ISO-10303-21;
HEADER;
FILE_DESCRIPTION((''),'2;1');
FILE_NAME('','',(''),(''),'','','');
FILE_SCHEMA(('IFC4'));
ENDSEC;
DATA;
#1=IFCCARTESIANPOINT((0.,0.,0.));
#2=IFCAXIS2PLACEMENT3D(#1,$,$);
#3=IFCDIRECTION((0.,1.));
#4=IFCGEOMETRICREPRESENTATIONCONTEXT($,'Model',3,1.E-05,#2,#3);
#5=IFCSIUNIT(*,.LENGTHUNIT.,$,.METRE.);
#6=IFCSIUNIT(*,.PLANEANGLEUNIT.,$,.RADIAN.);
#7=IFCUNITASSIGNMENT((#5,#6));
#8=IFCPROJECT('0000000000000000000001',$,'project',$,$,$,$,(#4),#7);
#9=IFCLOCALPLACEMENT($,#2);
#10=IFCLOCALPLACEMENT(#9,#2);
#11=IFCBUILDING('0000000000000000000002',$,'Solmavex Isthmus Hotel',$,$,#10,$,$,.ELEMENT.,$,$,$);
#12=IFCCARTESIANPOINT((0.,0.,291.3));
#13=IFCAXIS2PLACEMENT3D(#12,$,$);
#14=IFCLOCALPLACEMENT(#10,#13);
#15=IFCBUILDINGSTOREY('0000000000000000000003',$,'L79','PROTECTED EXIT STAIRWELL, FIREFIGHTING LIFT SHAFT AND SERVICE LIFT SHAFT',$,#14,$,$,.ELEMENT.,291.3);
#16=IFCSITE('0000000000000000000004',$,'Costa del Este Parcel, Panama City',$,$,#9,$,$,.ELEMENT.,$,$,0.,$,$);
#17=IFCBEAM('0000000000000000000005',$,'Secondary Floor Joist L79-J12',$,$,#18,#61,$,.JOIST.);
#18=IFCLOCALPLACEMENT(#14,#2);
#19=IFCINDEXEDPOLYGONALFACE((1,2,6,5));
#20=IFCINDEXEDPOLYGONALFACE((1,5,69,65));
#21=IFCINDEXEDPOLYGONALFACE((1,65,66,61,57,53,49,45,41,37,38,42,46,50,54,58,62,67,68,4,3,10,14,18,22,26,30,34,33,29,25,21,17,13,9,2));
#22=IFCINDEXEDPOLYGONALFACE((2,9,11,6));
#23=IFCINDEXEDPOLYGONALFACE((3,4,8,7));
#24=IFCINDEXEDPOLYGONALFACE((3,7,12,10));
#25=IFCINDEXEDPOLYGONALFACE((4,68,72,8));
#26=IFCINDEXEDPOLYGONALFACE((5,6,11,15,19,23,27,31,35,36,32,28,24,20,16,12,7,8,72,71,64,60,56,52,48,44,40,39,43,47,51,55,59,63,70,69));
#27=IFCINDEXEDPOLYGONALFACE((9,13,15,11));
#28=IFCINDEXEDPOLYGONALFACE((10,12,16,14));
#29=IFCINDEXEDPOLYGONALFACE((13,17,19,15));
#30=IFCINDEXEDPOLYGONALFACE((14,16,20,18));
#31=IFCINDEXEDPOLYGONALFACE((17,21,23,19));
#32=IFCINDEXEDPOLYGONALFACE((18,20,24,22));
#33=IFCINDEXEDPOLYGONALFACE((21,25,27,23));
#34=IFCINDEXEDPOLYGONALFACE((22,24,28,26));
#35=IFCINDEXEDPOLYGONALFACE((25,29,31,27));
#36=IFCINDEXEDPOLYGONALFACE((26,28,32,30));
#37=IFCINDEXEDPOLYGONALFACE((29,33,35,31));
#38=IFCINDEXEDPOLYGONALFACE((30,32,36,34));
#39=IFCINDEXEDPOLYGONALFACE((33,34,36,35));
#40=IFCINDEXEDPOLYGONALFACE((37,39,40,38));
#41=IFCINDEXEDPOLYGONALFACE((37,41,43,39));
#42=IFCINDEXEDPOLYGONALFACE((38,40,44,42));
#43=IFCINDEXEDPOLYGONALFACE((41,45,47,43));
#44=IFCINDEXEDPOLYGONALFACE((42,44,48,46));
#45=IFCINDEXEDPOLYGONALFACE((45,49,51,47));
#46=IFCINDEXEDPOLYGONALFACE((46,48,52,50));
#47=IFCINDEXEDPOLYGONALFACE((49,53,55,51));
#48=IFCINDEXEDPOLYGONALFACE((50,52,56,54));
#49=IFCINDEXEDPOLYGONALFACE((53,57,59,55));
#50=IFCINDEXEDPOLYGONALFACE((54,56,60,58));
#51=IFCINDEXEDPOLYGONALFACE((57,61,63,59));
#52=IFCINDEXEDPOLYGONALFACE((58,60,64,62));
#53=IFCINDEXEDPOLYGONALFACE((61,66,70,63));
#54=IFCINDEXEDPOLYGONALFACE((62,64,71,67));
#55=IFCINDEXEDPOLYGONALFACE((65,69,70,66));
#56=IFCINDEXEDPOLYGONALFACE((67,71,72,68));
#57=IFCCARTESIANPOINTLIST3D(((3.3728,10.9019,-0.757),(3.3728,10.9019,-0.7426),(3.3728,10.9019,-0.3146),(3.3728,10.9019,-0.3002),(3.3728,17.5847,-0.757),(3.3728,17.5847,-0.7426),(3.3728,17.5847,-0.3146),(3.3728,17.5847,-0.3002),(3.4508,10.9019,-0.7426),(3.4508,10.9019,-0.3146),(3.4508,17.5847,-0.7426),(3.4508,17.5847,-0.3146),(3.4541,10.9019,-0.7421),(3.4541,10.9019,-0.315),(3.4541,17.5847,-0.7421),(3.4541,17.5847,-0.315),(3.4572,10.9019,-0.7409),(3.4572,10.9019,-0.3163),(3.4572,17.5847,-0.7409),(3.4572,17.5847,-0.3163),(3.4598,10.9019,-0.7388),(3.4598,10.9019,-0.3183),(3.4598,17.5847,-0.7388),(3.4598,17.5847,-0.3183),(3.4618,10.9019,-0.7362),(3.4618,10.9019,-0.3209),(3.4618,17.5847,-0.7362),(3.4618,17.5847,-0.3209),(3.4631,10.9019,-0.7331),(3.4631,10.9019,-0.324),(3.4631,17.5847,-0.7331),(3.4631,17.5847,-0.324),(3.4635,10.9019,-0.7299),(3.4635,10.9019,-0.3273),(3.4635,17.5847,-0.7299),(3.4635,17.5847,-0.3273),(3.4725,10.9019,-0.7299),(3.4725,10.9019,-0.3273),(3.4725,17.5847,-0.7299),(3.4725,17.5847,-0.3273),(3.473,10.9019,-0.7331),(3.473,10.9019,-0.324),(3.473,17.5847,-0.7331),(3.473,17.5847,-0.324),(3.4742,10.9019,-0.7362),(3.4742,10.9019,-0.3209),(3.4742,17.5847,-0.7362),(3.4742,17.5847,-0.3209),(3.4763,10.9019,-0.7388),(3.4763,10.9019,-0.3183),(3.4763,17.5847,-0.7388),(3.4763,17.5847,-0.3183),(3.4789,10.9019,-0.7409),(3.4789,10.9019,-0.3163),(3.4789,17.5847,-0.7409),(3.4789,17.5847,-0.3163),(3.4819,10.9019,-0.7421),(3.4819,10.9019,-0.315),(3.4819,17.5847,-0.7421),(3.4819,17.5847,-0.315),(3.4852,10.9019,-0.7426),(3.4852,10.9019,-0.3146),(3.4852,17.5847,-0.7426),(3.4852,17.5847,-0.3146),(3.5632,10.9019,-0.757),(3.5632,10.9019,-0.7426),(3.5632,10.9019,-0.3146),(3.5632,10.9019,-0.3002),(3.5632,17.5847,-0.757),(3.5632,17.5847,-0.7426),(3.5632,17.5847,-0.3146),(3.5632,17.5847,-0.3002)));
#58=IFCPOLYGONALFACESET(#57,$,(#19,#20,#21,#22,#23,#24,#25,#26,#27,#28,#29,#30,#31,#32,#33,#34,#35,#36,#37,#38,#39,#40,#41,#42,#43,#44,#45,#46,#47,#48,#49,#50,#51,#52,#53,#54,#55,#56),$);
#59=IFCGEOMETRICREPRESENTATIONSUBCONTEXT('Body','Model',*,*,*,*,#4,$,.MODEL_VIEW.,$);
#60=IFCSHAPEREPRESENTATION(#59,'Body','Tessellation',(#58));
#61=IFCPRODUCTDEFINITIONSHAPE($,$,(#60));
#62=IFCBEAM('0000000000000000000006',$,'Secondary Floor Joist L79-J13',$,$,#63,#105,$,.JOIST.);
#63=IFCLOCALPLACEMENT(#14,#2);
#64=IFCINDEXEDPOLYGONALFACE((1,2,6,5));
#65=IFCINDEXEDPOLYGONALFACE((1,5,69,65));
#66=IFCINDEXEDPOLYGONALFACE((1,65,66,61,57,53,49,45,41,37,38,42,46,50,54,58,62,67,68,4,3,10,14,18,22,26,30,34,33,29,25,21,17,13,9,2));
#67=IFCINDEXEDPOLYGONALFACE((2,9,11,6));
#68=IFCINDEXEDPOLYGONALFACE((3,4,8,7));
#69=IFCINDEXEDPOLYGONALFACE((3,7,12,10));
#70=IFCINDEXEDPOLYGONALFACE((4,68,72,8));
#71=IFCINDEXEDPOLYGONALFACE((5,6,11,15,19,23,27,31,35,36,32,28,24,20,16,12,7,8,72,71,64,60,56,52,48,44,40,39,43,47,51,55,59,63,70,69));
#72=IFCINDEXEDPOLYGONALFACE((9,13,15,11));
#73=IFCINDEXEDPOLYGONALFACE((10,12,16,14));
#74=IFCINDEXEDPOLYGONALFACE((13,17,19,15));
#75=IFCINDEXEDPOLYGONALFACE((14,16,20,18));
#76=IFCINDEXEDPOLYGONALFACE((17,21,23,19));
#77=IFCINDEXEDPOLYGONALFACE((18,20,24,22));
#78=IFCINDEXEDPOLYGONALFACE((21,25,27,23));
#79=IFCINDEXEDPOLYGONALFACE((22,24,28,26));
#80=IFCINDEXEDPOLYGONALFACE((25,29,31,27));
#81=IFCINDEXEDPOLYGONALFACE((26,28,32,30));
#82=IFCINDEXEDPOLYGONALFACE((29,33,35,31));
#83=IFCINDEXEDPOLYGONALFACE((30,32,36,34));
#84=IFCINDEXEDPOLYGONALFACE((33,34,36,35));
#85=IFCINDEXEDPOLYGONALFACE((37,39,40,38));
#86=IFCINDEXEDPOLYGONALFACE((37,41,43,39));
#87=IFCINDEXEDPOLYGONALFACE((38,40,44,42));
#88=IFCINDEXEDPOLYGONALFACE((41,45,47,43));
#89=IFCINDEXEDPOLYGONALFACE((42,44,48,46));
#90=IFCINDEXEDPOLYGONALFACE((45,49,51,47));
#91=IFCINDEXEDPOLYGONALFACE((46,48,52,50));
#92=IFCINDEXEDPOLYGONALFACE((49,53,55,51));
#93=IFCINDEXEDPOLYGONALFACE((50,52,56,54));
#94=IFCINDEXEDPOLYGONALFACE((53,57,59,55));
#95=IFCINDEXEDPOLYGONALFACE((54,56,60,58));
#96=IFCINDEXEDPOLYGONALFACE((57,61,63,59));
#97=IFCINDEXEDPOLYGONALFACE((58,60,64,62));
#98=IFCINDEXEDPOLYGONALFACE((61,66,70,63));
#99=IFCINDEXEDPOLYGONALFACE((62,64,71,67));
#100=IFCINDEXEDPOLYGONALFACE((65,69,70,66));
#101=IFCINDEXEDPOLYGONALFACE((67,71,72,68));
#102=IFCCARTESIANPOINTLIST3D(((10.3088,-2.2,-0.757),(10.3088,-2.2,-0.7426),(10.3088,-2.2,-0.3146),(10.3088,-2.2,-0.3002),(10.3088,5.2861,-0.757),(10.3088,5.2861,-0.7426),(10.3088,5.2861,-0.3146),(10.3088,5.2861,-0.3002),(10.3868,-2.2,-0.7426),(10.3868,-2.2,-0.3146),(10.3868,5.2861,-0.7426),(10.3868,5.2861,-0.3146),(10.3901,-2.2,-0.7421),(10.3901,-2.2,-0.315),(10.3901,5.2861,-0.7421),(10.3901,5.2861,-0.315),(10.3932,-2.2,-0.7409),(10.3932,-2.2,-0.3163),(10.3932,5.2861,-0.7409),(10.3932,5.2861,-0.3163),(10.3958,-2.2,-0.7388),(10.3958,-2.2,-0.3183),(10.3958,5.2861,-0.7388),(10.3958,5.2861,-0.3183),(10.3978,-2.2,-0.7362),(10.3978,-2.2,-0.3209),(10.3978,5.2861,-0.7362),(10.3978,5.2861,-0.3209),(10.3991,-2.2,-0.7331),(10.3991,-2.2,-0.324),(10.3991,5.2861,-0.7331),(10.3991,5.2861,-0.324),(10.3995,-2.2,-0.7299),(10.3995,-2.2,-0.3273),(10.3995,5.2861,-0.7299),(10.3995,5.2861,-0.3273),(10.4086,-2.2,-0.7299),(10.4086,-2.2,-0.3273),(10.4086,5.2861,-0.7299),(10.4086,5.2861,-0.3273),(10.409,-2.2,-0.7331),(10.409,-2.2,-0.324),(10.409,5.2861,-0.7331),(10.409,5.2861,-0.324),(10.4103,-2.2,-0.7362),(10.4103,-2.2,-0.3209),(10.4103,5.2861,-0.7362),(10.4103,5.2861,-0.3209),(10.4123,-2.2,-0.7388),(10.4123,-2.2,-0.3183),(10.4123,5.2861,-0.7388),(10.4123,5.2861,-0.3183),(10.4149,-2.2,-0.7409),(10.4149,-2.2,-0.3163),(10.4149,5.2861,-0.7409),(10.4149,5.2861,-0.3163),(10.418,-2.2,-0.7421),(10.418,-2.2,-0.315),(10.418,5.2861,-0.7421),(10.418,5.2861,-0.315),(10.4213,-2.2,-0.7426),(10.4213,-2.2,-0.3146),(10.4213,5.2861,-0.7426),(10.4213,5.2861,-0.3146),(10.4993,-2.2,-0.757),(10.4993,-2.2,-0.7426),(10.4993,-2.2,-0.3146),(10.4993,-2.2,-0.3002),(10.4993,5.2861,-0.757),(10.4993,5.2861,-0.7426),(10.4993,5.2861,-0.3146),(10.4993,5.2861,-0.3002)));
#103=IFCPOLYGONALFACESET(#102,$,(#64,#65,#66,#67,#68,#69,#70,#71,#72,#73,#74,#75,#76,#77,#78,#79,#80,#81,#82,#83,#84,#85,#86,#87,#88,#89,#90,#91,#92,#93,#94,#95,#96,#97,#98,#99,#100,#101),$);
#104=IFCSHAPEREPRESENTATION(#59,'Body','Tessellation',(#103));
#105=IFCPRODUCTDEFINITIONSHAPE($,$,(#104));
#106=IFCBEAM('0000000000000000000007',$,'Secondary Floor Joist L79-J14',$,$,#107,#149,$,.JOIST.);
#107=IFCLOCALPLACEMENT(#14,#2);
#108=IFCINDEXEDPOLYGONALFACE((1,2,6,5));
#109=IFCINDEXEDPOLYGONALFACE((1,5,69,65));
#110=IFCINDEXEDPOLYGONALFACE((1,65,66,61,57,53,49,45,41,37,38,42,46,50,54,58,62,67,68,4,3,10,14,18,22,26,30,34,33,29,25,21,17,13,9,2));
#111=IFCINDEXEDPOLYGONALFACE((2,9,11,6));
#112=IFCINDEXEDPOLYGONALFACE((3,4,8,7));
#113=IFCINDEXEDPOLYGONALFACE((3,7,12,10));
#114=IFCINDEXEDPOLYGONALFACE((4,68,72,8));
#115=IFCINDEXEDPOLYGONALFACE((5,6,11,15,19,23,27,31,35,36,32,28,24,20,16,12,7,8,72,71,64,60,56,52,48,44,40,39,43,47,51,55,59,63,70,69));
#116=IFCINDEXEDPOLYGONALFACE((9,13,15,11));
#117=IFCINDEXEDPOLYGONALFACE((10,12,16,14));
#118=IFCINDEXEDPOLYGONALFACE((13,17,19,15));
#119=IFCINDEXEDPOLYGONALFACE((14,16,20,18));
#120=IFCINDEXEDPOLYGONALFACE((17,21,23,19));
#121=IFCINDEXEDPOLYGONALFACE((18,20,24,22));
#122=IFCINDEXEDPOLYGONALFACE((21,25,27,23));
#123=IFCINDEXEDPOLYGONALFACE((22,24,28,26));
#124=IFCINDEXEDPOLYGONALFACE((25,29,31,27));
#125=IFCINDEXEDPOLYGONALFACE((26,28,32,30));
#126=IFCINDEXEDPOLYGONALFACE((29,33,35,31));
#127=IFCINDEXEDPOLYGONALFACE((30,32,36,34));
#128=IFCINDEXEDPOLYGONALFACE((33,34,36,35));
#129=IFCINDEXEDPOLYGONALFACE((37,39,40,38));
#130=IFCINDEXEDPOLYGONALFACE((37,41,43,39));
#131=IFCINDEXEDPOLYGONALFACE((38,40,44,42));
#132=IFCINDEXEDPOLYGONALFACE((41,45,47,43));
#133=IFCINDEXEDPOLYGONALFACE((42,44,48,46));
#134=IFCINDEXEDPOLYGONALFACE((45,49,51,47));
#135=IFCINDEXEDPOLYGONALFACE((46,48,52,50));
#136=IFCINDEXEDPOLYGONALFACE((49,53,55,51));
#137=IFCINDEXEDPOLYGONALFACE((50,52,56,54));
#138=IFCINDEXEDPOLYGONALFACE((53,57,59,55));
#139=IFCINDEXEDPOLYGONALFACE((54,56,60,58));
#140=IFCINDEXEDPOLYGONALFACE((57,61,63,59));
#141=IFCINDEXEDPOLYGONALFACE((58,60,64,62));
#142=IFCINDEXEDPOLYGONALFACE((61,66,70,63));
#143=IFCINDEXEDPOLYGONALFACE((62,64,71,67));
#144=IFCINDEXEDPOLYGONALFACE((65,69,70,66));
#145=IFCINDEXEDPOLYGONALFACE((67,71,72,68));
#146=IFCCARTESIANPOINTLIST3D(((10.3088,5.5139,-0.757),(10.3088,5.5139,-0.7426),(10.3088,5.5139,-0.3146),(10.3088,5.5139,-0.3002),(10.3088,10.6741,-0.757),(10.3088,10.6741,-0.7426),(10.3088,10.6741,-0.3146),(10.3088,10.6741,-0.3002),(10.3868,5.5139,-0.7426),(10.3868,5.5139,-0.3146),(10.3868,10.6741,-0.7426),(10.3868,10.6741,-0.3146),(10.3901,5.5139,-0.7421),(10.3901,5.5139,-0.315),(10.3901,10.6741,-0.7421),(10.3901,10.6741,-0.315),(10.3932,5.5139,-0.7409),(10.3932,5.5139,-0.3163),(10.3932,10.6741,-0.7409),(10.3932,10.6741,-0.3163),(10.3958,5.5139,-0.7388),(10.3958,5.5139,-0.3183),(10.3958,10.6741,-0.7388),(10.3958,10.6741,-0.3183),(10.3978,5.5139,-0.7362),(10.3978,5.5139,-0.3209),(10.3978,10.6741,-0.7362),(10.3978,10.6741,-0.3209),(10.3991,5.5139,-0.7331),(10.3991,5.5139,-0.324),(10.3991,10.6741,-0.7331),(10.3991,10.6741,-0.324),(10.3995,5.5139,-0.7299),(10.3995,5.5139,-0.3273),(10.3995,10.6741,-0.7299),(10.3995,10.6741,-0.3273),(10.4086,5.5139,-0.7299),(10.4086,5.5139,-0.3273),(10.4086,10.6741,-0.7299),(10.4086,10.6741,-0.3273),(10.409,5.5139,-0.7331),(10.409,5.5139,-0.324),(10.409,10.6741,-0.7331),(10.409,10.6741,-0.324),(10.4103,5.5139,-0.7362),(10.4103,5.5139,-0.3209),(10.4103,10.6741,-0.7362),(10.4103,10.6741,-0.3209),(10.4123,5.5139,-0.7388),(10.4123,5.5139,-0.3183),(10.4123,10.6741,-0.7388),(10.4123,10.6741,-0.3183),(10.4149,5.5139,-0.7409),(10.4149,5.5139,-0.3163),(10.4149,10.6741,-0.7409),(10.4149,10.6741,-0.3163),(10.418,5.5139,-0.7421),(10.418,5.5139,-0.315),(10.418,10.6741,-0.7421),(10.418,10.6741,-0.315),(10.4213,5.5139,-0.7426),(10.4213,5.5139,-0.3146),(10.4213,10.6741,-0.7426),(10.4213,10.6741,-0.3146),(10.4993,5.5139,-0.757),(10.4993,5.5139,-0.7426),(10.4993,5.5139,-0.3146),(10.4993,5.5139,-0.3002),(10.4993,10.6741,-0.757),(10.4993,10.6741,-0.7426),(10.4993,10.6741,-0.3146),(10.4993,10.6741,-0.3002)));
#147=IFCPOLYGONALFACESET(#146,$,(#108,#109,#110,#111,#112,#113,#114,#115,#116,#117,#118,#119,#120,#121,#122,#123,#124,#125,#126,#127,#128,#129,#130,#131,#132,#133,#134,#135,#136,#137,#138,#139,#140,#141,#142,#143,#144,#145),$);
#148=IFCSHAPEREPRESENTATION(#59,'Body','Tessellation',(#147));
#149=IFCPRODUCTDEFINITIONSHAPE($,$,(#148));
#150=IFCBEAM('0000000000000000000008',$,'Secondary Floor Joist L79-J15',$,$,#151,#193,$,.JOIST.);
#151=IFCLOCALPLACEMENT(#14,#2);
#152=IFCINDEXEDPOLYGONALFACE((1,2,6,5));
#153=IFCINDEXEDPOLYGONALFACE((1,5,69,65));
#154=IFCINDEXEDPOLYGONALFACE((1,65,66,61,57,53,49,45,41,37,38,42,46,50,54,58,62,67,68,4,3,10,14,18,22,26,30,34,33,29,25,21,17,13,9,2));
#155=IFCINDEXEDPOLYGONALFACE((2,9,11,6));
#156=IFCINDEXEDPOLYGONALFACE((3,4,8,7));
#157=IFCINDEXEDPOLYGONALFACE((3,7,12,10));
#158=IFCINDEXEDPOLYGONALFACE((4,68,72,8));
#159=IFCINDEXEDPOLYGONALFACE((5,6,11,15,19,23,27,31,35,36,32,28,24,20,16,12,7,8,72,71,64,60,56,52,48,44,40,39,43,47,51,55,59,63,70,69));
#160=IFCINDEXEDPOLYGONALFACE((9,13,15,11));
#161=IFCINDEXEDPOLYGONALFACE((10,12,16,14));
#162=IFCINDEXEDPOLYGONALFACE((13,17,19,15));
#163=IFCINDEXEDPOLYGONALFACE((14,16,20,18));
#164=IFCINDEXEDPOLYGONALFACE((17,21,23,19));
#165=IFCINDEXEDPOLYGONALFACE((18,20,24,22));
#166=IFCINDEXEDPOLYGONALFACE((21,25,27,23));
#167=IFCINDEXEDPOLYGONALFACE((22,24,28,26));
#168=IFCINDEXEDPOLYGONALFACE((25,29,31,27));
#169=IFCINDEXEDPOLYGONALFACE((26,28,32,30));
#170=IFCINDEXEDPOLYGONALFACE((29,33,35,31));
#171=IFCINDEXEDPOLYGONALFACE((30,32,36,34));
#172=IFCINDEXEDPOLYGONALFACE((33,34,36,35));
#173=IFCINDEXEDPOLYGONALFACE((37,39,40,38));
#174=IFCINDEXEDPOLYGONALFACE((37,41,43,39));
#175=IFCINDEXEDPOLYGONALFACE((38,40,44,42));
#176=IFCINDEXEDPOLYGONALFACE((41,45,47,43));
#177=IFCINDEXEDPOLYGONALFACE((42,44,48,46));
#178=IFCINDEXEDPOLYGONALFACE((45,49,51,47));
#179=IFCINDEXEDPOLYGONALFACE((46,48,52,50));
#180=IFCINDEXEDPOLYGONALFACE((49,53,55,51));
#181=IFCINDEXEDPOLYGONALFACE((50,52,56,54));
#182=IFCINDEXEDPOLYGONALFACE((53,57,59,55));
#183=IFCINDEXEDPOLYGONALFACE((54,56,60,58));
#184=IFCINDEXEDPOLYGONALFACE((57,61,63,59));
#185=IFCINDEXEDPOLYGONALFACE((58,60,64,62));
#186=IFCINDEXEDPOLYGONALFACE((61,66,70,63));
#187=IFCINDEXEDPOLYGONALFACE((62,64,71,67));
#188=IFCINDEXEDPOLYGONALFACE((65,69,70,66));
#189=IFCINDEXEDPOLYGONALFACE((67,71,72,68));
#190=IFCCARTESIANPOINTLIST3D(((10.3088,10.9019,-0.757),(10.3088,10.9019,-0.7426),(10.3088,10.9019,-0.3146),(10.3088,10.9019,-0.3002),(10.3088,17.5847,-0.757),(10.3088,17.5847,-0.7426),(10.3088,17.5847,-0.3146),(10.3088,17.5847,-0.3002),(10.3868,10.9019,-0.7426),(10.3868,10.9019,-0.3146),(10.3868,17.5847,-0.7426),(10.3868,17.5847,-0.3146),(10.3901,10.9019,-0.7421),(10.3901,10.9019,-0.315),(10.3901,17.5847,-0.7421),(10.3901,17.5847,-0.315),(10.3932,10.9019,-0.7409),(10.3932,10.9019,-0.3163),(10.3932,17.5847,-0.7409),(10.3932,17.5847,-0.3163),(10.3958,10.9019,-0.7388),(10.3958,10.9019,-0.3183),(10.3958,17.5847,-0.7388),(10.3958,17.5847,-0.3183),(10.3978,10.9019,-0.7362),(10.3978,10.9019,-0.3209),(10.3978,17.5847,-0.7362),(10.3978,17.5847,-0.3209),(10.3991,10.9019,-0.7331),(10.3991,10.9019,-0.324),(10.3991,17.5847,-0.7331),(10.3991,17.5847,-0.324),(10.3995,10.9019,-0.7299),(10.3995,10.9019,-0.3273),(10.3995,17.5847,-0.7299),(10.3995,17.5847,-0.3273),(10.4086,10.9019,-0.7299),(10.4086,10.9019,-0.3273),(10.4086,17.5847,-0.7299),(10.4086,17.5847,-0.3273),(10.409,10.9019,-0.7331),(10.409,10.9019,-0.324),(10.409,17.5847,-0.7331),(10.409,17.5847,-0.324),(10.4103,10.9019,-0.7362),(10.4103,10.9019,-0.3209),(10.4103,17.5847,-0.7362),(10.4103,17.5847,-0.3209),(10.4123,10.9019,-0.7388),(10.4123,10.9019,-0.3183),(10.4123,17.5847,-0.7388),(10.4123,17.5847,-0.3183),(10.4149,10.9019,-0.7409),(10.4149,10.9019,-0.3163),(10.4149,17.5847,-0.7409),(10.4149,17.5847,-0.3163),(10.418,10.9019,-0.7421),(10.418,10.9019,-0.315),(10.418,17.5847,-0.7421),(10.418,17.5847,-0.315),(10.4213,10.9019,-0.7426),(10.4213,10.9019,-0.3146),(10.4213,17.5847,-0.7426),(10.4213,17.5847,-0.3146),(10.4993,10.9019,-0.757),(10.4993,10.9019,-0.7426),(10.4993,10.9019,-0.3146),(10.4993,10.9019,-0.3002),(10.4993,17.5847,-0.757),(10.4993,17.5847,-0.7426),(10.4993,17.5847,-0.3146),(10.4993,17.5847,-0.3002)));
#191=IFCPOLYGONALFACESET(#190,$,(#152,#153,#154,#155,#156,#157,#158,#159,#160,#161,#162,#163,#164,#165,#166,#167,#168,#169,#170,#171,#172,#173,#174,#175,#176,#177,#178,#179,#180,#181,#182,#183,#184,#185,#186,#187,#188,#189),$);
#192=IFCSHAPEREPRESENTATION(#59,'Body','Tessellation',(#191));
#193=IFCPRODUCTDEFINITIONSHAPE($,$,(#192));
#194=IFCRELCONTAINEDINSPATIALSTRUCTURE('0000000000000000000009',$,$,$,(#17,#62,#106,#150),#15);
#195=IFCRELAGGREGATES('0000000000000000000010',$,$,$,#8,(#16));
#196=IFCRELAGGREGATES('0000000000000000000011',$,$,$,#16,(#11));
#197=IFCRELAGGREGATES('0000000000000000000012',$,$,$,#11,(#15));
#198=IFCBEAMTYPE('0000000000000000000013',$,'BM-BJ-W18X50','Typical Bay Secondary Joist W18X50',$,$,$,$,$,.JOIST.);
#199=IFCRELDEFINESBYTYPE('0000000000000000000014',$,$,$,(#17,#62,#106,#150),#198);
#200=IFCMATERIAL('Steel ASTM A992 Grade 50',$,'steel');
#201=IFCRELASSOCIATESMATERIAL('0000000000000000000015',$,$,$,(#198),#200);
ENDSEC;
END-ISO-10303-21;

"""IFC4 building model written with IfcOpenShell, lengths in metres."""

from ifc_helpers import new_model, si_unit, direction, frame, origin, origin_2d, place, context, subcontext, project, spatial, i_section, extrude, material, material_profile, profile_set, type_object, element, save


model = new_model("IFC4")

# Units and contexts
model_context = context("Model", 3, precision=1e-05, world=origin(), true_north=direction((0.0, 1.0)))
body_context = subcontext(model_context, "Body", "Model", "MODEL_VIEW")
ifc_project = project(units=[si_unit("LENGTHUNIT", "METRE"), si_unit("PLANEANGLEUNIT", "RADIAN")], contexts=[model_context])

# Site, building, storey
site_placement = place(None, origin())
site = spatial("IfcSite", under=ifc_project, at=site_placement, Name="Costa del Este Parcel, Panama City", CompositionType="ELEMENT", RefElevation=0.0)
building_placement = place(site_placement, origin())
building = spatial("IfcBuilding", under=site, at=building_placement, Name="Solmavex Isthmus Hotel", CompositionType="ELEMENT")
storey_placement = place(building_placement, frame((0.0, 0.0, 291.3)))
storey = spatial("IfcBuildingStorey", under=building, at=storey_placement, Name="L79", Description="PROTECTED EXIT STAIRWELL, FIREFIGHTING LIFT SHAFT AND SERVICE LIFT SHAFT", CompositionType="ELEMENT", Elevation=291.3)

# Beams
ifc_material_1 = material(Name="Steel ASTM A992 Grade 50", Category="steel")
ifc_material_profile_1 = material_profile(ifc_material_1, i_section(OverallWidth=0.1904, OverallDepth=0.4568, WebThickness=0.009, FlangeThickness=0.0144, FilletRadius=0.0127, at=origin_2d()), Name="W18X50")
ifc_profile_set_1 = profile_set([ifc_material_profile_1], Name="Steel ASTM A992 Grade 50")
beam_type_1 = type_object("IfcBeamType", Name="BM-BJ-W18X50", Description="Typical Bay Secondary Joist W18X50", PredefinedType="JOIST", material=ifc_profile_set_1)
beam_1_placement = place(storey_placement, frame((3.468, 10.9019, -0.5286), z_axis=(0.0, 1.0, 0.0), x_axis=(-1.0, 0.0, 0.0)))
element("IfcBeam", 1, at=beam_1_placement, inside=storey, type_object=beam_type_1, Name="Secondary Floor Joist L79-J12", PredefinedType="JOIST", context=body_context, shape_type="SweptSolid", body=[
    extrude(i_section(OverallWidth=0.1904, OverallDepth=0.4568, WebThickness=0.009, FlangeThickness=0.0144, FilletRadius=0.0127, at=origin_2d()), origin(), (0.0, 0.0, 1.0), 6.6829),
])
beam_2_placement = place(storey_placement, frame((10.4041, -2.2, -0.5286), z_axis=(0.0, 1.0, 0.0), x_axis=(-1.0, 0.0, 0.0)))
element("IfcBeam", 2, at=beam_2_placement, inside=storey, type_object=beam_type_1, Name="Secondary Floor Joist L79-J13", PredefinedType="JOIST", context=body_context, shape_type="SweptSolid", body=[
    extrude(i_section(OverallWidth=0.1904, OverallDepth=0.4568, WebThickness=0.009, FlangeThickness=0.0144, FilletRadius=0.0127, at=origin_2d()), origin(), (0.0, 0.0, 1.0), 7.4861),
])
beam_3_placement = place(storey_placement, frame((10.4041, 5.5139, -0.5286), z_axis=(0.0, 1.0, 0.0), x_axis=(-1.0, 0.0, 0.0)))
element("IfcBeam", 3, at=beam_3_placement, inside=storey, type_object=beam_type_1, Name="Secondary Floor Joist L79-J14", PredefinedType="JOIST", context=body_context, shape_type="SweptSolid", body=[
    extrude(i_section(OverallWidth=0.1904, OverallDepth=0.4568, WebThickness=0.009, FlangeThickness=0.0144, FilletRadius=0.0127, at=origin_2d()), origin(), (0.0, 0.0, 1.0), 5.1602),
])
beam_4_placement = place(storey_placement, frame((10.4041, 10.9019, -0.5286), z_axis=(0.0, 1.0, 0.0), x_axis=(-1.0, 0.0, 0.0)))
element("IfcBeam", 4, at=beam_4_placement, inside=storey, type_object=beam_type_1, Name="Secondary Floor Joist L79-J15", PredefinedType="JOIST", context=body_context, shape_type="SweptSolid", body=[
    extrude(i_section(OverallWidth=0.1904, OverallDepth=0.4568, WebThickness=0.009, FlangeThickness=0.0144, FilletRadius=0.0127, at=origin_2d()), origin(), (0.0, 0.0, 1.0), 6.6829),
])

save(model, "model.ifc")
